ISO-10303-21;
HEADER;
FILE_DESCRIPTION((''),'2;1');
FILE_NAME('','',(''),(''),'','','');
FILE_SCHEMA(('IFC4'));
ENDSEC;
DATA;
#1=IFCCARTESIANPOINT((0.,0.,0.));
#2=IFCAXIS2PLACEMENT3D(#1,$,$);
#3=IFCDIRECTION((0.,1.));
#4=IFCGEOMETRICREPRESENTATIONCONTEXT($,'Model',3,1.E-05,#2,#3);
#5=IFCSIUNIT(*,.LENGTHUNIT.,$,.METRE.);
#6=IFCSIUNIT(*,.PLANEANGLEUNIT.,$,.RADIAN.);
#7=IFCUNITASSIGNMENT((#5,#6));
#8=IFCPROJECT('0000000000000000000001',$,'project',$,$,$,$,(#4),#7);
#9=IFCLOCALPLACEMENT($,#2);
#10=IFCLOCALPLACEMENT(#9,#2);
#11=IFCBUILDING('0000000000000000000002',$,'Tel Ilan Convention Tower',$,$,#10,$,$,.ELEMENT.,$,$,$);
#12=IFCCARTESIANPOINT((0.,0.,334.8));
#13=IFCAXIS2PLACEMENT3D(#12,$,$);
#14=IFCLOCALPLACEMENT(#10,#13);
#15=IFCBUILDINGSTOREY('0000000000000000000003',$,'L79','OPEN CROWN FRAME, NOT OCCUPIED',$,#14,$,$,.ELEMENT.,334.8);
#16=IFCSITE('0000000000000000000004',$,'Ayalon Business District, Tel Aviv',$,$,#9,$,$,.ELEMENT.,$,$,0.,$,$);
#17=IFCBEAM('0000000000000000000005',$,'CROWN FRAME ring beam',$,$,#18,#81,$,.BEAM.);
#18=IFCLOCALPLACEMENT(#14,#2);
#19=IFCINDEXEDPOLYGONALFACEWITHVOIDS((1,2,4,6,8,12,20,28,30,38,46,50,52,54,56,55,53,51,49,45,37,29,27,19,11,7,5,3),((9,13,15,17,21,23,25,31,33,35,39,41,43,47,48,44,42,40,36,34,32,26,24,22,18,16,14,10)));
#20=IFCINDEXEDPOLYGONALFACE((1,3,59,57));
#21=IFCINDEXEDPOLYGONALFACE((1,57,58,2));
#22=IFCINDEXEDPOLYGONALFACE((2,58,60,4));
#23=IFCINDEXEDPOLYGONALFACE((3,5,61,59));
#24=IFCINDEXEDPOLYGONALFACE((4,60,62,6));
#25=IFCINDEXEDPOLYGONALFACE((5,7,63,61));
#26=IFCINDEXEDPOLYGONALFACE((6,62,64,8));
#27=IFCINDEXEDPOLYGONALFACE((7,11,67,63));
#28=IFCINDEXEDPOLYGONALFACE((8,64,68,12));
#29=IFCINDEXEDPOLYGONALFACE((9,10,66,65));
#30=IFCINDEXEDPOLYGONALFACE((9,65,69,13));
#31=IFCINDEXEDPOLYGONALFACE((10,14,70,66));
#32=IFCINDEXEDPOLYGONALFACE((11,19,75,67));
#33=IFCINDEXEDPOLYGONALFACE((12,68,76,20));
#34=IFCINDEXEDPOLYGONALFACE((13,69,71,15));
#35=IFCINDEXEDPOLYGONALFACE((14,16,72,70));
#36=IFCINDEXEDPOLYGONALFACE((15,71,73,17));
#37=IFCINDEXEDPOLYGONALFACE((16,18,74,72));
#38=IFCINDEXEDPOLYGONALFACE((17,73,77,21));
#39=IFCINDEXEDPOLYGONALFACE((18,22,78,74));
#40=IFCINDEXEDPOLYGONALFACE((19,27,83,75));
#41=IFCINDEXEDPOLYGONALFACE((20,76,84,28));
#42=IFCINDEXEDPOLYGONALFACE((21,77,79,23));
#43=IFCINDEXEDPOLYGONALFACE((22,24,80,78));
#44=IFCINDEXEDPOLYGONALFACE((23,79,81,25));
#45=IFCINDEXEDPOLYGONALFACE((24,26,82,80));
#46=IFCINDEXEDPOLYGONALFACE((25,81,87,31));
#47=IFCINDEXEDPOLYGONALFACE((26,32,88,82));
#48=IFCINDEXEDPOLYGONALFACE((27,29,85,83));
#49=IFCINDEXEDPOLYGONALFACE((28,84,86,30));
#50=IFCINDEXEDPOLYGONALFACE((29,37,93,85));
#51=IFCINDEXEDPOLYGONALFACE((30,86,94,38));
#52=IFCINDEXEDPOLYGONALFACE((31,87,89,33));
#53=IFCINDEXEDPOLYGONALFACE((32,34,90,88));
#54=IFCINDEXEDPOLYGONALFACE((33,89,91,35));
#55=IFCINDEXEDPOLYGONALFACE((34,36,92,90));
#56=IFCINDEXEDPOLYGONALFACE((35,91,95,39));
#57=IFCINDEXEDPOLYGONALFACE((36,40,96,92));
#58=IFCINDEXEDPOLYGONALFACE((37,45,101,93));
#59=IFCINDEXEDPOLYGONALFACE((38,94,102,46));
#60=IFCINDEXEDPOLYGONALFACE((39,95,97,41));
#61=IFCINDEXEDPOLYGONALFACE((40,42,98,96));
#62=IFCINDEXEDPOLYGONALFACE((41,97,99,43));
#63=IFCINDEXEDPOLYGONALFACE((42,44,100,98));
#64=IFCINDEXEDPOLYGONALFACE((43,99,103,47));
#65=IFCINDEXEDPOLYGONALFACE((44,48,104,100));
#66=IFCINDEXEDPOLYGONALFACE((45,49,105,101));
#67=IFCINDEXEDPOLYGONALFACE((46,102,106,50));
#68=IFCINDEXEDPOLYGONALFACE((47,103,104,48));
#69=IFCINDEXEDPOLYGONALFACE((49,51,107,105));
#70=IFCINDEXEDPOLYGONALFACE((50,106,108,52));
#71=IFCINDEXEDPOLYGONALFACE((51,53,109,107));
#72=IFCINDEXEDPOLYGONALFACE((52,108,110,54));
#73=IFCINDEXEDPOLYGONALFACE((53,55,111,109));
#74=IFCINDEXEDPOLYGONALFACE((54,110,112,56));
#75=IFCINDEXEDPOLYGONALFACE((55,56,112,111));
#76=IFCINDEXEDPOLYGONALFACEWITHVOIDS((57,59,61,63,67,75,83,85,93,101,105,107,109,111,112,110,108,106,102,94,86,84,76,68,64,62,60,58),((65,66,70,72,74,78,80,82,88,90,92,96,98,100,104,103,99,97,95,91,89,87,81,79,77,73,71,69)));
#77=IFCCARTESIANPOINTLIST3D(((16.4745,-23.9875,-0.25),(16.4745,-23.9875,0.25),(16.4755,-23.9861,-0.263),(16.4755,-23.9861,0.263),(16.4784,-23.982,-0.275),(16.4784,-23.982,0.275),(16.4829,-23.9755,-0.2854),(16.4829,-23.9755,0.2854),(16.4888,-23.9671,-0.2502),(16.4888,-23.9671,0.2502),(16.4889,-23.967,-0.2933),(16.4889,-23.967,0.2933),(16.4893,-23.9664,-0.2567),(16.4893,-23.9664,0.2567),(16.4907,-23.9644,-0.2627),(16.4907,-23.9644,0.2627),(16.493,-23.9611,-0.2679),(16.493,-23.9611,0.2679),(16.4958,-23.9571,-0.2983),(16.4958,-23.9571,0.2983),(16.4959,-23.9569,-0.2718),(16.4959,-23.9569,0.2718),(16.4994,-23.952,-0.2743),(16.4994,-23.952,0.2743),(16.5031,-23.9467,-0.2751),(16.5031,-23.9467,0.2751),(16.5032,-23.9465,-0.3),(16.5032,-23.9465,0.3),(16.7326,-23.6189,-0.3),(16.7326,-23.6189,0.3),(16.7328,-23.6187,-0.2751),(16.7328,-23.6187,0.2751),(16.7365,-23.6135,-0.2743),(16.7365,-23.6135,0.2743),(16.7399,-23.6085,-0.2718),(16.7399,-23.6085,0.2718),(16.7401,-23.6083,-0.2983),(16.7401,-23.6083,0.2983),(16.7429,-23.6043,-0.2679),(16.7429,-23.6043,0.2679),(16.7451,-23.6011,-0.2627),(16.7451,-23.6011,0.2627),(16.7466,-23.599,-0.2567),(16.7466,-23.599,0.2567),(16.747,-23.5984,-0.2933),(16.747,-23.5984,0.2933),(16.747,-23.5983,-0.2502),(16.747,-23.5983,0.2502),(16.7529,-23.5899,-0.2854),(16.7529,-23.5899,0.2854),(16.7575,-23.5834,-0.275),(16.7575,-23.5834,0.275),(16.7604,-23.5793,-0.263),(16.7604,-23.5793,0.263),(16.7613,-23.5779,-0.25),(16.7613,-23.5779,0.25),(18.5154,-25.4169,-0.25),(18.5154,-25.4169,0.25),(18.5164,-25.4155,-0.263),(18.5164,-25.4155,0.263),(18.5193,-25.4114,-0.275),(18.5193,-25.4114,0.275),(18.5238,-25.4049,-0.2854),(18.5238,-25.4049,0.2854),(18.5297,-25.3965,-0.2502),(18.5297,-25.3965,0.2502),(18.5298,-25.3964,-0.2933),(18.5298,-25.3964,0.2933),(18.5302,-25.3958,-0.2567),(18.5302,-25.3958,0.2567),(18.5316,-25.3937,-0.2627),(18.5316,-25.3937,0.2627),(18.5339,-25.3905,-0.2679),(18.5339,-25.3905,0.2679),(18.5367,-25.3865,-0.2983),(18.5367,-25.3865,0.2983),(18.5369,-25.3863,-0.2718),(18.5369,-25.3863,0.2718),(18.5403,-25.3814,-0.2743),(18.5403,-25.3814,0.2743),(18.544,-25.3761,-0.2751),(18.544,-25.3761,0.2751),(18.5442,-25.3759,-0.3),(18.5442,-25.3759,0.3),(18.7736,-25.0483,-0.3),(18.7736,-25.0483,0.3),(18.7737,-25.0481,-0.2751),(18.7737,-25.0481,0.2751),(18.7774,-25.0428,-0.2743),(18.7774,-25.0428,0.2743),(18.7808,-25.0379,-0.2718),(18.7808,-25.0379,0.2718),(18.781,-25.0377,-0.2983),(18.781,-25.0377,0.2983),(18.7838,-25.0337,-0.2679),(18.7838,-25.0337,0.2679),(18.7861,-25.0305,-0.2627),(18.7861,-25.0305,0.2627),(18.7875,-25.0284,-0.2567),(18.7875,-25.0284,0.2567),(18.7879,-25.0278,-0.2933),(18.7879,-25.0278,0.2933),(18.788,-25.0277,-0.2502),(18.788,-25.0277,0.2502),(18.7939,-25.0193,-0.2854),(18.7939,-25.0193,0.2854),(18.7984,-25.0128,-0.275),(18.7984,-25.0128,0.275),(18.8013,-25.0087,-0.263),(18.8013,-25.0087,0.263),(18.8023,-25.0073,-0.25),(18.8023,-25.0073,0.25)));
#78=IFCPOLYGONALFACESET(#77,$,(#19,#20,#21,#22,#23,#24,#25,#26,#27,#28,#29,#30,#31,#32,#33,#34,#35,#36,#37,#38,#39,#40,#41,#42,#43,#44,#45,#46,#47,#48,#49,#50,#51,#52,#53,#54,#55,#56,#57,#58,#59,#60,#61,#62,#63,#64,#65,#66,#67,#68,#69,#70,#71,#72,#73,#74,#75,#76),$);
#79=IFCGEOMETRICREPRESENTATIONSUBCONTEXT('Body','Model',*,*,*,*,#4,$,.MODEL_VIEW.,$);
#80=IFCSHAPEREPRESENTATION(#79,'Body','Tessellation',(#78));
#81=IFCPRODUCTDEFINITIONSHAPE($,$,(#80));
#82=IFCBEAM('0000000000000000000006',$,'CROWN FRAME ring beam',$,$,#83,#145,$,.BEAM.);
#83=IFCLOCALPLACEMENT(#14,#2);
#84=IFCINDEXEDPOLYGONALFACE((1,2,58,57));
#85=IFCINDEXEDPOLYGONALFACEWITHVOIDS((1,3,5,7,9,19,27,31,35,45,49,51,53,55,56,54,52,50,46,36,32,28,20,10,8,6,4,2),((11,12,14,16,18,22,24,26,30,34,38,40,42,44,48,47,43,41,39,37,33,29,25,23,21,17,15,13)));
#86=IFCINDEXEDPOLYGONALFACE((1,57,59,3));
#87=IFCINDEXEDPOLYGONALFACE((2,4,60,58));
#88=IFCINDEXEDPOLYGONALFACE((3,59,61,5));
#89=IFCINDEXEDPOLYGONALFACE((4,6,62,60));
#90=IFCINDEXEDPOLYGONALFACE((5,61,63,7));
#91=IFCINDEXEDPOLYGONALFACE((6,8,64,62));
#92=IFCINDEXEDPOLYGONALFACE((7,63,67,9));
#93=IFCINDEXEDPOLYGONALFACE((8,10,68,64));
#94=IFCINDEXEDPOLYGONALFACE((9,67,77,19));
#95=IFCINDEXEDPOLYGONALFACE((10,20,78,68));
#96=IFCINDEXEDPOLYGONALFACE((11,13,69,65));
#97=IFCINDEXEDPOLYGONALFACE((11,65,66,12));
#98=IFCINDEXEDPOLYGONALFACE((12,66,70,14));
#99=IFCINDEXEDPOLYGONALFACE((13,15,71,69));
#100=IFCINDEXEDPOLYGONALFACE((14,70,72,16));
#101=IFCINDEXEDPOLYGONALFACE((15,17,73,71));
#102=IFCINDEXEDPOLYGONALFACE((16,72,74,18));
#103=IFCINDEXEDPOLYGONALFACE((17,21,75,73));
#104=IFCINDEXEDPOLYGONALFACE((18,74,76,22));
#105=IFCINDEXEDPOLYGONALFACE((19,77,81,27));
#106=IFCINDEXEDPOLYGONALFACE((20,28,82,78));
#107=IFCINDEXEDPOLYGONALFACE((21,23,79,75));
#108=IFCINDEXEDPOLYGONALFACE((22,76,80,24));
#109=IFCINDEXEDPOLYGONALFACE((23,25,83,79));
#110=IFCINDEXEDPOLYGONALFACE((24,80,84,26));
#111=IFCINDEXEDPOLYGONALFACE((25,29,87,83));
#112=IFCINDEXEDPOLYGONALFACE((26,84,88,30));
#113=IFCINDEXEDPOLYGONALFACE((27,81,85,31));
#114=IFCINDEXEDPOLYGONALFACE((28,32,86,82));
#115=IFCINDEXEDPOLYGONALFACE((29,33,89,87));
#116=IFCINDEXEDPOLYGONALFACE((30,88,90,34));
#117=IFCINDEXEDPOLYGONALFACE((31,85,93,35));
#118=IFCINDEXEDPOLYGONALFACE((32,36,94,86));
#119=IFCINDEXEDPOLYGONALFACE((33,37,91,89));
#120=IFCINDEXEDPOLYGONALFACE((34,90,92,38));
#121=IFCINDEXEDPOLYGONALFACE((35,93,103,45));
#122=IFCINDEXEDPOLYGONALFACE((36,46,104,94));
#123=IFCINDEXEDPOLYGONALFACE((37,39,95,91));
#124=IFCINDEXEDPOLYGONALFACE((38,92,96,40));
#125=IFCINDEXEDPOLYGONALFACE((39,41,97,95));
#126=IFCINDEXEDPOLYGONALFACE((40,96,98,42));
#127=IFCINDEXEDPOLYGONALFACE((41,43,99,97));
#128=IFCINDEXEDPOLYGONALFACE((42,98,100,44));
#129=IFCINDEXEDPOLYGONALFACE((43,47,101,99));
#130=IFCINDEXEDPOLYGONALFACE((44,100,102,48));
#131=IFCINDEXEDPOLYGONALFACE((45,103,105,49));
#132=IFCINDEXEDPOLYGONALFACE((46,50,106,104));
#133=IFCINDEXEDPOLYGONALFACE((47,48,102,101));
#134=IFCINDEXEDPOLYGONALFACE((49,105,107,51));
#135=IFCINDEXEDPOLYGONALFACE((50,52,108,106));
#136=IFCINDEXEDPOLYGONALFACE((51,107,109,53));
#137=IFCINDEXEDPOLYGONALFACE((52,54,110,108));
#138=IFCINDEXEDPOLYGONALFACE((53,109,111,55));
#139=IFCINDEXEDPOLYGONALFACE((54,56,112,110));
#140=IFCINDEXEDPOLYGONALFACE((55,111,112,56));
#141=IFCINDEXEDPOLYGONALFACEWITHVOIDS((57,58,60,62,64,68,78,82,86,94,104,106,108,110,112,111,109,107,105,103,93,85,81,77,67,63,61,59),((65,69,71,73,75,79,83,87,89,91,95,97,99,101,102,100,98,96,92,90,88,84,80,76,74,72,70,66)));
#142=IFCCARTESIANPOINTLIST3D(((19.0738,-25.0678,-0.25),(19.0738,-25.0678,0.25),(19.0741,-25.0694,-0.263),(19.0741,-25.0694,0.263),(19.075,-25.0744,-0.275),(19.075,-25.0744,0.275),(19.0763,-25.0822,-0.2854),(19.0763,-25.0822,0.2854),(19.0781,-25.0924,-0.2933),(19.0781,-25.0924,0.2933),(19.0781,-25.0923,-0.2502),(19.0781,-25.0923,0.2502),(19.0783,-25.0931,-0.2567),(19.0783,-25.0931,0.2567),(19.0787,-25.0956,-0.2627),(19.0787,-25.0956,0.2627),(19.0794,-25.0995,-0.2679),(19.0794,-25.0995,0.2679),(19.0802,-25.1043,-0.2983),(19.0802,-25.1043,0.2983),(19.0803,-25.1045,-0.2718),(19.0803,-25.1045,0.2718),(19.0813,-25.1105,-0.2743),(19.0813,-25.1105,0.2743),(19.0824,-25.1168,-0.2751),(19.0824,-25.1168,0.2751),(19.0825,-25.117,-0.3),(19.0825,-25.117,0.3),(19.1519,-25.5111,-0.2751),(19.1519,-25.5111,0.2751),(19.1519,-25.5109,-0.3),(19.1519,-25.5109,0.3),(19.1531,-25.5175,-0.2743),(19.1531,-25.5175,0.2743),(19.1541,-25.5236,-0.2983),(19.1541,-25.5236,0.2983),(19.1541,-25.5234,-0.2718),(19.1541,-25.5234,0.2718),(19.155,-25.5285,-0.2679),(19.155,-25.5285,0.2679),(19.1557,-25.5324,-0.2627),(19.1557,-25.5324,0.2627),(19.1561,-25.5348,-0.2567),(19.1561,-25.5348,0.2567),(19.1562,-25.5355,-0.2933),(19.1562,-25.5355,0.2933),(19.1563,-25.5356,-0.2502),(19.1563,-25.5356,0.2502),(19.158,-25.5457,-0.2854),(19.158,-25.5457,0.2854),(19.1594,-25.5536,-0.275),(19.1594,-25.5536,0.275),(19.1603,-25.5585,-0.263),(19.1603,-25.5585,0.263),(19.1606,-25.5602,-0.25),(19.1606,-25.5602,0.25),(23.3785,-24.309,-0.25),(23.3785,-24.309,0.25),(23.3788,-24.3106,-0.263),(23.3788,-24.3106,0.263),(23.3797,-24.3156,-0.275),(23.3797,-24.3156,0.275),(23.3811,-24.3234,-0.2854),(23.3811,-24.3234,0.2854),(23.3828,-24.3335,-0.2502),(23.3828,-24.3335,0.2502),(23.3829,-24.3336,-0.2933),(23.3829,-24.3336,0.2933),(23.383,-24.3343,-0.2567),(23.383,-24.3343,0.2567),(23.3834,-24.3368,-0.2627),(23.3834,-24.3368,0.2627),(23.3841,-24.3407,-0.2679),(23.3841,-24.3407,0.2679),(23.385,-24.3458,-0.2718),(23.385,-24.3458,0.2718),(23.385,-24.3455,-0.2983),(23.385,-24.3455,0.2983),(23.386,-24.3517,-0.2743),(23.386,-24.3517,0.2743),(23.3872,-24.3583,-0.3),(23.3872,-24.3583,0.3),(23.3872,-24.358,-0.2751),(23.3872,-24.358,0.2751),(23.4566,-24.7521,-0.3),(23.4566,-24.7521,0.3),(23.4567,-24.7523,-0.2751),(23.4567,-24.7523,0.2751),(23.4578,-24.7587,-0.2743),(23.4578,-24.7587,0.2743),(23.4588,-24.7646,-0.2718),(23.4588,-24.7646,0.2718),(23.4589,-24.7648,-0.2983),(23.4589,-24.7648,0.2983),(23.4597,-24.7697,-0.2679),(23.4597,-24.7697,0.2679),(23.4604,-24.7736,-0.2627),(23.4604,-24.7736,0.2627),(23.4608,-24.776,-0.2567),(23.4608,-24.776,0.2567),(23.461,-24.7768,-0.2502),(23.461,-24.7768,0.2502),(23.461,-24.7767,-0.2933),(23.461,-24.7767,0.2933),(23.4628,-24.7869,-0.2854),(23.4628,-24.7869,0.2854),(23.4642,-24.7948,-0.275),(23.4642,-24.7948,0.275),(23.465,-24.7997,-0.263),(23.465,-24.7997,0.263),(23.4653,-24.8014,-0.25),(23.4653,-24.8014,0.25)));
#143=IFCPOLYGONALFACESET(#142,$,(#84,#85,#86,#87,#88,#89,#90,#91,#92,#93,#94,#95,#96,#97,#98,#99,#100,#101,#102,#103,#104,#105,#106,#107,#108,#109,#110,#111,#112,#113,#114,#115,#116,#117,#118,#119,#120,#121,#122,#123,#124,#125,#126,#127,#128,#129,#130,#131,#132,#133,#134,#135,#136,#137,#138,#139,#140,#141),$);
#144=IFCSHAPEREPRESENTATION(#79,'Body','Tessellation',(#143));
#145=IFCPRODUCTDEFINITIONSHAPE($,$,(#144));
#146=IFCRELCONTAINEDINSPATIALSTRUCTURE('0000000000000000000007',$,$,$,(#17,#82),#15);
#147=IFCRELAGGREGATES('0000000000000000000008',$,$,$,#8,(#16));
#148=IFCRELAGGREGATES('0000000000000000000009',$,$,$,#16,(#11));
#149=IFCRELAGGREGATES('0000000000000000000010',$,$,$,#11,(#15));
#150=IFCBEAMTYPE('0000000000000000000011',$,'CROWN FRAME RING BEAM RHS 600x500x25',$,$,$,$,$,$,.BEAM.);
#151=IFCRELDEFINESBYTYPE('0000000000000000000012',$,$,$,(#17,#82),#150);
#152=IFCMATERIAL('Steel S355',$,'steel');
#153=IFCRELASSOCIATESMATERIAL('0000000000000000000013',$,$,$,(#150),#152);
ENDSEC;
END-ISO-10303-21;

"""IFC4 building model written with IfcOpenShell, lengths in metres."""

from ifc_helpers import new_model, si_unit, direction, frame, origin, origin_2d, place, context, subcontext, project, spatial, hollow_rectangle, extrude, material, material_profile, profile_set, type_object, element, save


model = new_model("IFC4")

# Units and contexts
model_context = context("Model", 3, precision=1e-05, world=origin(), true_north=direction((0.0, 1.0)))
body_context = subcontext(model_context, "Body", "Model", "MODEL_VIEW")
ifc_project = project(units=[si_unit("LENGTHUNIT", "METRE"), si_unit("PLANEANGLEUNIT", "RADIAN")], contexts=[model_context])

# Site, building, storey
site_placement = place(None, origin())
site = spatial("IfcSite", under=ifc_project, at=site_placement, Name="Ayalon Business District, Tel Aviv", CompositionType="ELEMENT", RefElevation=0.0)
building_placement = place(site_placement, origin())
building = spatial("IfcBuilding", under=site, at=building_placement, Name="Tel Ilan Convention Tower", CompositionType="ELEMENT")
storey_placement = place(building_placement, frame((0.0, 0.0, 334.8)))
storey = spatial("IfcBuildingStorey", under=building, at=storey_placement, Name="L79", Description="OPEN CROWN FRAME, NOT OCCUPIED", CompositionType="ELEMENT", Elevation=334.8)

# Beams
ifc_material_1 = material(Name="Steel S355", Category="steel")
ifc_material_profile_1 = material_profile(ifc_material_1, hollow_rectangle(XDim=0.5, YDim=0.6001, WallThickness=0.0249, InnerFilletRadius=0.0249, OuterFilletRadius=0.05, at=origin_2d()), Name="RHS 600x500x25")
ifc_profile_set_1 = profile_set([ifc_material_profile_1], Name="Steel S355")
beam_type = type_object("IfcBeamType", Name="CROWN FRAME RING BEAM RHS 600x500x25", PredefinedType="BEAM", material=ifc_profile_set_1)
beam_1_placement = place(storey_placement, frame((16.6179, -23.7827, 0.0), z_axis=(0.819094, -0.57366, 0.0), x_axis=(0.57366, 0.819094, 0.0)))
element("IfcBeam", 1, at=beam_1_placement, inside=storey, type_object=beam_type, Name="CROWN FRAME ring beam", PredefinedType="BEAM", context=body_context, shape_type="SweptSolid", body=[
    extrude(hollow_rectangle(XDim=0.5, YDim=0.6001, WallThickness=0.0249, InnerFilletRadius=0.0249, OuterFilletRadius=0.05, at=origin_2d()), origin(), (0.0, 0.0, 1.0), 2.4917),
])
beam_2_placement = place(storey_placement, frame((19.1172, -25.314, 0.0), z_axis=(0.984817, 0.173594, 0.0), x_axis=(-0.173594, 0.984817, 0.0)))
element("IfcBeam", 2, at=beam_2_placement, inside=storey, type_object=beam_type, Name="CROWN FRAME ring beam", PredefinedType="BEAM", context=body_context, shape_type="SweptSolid", body=[
    extrude(hollow_rectangle(XDim=0.5, YDim=0.6001, WallThickness=0.0249, InnerFilletRadius=0.0249, OuterFilletRadius=0.05, at=origin_2d()), origin(), (0.0, 0.0, 1.0), 4.3711),
])

save(model, "model.ifc")
